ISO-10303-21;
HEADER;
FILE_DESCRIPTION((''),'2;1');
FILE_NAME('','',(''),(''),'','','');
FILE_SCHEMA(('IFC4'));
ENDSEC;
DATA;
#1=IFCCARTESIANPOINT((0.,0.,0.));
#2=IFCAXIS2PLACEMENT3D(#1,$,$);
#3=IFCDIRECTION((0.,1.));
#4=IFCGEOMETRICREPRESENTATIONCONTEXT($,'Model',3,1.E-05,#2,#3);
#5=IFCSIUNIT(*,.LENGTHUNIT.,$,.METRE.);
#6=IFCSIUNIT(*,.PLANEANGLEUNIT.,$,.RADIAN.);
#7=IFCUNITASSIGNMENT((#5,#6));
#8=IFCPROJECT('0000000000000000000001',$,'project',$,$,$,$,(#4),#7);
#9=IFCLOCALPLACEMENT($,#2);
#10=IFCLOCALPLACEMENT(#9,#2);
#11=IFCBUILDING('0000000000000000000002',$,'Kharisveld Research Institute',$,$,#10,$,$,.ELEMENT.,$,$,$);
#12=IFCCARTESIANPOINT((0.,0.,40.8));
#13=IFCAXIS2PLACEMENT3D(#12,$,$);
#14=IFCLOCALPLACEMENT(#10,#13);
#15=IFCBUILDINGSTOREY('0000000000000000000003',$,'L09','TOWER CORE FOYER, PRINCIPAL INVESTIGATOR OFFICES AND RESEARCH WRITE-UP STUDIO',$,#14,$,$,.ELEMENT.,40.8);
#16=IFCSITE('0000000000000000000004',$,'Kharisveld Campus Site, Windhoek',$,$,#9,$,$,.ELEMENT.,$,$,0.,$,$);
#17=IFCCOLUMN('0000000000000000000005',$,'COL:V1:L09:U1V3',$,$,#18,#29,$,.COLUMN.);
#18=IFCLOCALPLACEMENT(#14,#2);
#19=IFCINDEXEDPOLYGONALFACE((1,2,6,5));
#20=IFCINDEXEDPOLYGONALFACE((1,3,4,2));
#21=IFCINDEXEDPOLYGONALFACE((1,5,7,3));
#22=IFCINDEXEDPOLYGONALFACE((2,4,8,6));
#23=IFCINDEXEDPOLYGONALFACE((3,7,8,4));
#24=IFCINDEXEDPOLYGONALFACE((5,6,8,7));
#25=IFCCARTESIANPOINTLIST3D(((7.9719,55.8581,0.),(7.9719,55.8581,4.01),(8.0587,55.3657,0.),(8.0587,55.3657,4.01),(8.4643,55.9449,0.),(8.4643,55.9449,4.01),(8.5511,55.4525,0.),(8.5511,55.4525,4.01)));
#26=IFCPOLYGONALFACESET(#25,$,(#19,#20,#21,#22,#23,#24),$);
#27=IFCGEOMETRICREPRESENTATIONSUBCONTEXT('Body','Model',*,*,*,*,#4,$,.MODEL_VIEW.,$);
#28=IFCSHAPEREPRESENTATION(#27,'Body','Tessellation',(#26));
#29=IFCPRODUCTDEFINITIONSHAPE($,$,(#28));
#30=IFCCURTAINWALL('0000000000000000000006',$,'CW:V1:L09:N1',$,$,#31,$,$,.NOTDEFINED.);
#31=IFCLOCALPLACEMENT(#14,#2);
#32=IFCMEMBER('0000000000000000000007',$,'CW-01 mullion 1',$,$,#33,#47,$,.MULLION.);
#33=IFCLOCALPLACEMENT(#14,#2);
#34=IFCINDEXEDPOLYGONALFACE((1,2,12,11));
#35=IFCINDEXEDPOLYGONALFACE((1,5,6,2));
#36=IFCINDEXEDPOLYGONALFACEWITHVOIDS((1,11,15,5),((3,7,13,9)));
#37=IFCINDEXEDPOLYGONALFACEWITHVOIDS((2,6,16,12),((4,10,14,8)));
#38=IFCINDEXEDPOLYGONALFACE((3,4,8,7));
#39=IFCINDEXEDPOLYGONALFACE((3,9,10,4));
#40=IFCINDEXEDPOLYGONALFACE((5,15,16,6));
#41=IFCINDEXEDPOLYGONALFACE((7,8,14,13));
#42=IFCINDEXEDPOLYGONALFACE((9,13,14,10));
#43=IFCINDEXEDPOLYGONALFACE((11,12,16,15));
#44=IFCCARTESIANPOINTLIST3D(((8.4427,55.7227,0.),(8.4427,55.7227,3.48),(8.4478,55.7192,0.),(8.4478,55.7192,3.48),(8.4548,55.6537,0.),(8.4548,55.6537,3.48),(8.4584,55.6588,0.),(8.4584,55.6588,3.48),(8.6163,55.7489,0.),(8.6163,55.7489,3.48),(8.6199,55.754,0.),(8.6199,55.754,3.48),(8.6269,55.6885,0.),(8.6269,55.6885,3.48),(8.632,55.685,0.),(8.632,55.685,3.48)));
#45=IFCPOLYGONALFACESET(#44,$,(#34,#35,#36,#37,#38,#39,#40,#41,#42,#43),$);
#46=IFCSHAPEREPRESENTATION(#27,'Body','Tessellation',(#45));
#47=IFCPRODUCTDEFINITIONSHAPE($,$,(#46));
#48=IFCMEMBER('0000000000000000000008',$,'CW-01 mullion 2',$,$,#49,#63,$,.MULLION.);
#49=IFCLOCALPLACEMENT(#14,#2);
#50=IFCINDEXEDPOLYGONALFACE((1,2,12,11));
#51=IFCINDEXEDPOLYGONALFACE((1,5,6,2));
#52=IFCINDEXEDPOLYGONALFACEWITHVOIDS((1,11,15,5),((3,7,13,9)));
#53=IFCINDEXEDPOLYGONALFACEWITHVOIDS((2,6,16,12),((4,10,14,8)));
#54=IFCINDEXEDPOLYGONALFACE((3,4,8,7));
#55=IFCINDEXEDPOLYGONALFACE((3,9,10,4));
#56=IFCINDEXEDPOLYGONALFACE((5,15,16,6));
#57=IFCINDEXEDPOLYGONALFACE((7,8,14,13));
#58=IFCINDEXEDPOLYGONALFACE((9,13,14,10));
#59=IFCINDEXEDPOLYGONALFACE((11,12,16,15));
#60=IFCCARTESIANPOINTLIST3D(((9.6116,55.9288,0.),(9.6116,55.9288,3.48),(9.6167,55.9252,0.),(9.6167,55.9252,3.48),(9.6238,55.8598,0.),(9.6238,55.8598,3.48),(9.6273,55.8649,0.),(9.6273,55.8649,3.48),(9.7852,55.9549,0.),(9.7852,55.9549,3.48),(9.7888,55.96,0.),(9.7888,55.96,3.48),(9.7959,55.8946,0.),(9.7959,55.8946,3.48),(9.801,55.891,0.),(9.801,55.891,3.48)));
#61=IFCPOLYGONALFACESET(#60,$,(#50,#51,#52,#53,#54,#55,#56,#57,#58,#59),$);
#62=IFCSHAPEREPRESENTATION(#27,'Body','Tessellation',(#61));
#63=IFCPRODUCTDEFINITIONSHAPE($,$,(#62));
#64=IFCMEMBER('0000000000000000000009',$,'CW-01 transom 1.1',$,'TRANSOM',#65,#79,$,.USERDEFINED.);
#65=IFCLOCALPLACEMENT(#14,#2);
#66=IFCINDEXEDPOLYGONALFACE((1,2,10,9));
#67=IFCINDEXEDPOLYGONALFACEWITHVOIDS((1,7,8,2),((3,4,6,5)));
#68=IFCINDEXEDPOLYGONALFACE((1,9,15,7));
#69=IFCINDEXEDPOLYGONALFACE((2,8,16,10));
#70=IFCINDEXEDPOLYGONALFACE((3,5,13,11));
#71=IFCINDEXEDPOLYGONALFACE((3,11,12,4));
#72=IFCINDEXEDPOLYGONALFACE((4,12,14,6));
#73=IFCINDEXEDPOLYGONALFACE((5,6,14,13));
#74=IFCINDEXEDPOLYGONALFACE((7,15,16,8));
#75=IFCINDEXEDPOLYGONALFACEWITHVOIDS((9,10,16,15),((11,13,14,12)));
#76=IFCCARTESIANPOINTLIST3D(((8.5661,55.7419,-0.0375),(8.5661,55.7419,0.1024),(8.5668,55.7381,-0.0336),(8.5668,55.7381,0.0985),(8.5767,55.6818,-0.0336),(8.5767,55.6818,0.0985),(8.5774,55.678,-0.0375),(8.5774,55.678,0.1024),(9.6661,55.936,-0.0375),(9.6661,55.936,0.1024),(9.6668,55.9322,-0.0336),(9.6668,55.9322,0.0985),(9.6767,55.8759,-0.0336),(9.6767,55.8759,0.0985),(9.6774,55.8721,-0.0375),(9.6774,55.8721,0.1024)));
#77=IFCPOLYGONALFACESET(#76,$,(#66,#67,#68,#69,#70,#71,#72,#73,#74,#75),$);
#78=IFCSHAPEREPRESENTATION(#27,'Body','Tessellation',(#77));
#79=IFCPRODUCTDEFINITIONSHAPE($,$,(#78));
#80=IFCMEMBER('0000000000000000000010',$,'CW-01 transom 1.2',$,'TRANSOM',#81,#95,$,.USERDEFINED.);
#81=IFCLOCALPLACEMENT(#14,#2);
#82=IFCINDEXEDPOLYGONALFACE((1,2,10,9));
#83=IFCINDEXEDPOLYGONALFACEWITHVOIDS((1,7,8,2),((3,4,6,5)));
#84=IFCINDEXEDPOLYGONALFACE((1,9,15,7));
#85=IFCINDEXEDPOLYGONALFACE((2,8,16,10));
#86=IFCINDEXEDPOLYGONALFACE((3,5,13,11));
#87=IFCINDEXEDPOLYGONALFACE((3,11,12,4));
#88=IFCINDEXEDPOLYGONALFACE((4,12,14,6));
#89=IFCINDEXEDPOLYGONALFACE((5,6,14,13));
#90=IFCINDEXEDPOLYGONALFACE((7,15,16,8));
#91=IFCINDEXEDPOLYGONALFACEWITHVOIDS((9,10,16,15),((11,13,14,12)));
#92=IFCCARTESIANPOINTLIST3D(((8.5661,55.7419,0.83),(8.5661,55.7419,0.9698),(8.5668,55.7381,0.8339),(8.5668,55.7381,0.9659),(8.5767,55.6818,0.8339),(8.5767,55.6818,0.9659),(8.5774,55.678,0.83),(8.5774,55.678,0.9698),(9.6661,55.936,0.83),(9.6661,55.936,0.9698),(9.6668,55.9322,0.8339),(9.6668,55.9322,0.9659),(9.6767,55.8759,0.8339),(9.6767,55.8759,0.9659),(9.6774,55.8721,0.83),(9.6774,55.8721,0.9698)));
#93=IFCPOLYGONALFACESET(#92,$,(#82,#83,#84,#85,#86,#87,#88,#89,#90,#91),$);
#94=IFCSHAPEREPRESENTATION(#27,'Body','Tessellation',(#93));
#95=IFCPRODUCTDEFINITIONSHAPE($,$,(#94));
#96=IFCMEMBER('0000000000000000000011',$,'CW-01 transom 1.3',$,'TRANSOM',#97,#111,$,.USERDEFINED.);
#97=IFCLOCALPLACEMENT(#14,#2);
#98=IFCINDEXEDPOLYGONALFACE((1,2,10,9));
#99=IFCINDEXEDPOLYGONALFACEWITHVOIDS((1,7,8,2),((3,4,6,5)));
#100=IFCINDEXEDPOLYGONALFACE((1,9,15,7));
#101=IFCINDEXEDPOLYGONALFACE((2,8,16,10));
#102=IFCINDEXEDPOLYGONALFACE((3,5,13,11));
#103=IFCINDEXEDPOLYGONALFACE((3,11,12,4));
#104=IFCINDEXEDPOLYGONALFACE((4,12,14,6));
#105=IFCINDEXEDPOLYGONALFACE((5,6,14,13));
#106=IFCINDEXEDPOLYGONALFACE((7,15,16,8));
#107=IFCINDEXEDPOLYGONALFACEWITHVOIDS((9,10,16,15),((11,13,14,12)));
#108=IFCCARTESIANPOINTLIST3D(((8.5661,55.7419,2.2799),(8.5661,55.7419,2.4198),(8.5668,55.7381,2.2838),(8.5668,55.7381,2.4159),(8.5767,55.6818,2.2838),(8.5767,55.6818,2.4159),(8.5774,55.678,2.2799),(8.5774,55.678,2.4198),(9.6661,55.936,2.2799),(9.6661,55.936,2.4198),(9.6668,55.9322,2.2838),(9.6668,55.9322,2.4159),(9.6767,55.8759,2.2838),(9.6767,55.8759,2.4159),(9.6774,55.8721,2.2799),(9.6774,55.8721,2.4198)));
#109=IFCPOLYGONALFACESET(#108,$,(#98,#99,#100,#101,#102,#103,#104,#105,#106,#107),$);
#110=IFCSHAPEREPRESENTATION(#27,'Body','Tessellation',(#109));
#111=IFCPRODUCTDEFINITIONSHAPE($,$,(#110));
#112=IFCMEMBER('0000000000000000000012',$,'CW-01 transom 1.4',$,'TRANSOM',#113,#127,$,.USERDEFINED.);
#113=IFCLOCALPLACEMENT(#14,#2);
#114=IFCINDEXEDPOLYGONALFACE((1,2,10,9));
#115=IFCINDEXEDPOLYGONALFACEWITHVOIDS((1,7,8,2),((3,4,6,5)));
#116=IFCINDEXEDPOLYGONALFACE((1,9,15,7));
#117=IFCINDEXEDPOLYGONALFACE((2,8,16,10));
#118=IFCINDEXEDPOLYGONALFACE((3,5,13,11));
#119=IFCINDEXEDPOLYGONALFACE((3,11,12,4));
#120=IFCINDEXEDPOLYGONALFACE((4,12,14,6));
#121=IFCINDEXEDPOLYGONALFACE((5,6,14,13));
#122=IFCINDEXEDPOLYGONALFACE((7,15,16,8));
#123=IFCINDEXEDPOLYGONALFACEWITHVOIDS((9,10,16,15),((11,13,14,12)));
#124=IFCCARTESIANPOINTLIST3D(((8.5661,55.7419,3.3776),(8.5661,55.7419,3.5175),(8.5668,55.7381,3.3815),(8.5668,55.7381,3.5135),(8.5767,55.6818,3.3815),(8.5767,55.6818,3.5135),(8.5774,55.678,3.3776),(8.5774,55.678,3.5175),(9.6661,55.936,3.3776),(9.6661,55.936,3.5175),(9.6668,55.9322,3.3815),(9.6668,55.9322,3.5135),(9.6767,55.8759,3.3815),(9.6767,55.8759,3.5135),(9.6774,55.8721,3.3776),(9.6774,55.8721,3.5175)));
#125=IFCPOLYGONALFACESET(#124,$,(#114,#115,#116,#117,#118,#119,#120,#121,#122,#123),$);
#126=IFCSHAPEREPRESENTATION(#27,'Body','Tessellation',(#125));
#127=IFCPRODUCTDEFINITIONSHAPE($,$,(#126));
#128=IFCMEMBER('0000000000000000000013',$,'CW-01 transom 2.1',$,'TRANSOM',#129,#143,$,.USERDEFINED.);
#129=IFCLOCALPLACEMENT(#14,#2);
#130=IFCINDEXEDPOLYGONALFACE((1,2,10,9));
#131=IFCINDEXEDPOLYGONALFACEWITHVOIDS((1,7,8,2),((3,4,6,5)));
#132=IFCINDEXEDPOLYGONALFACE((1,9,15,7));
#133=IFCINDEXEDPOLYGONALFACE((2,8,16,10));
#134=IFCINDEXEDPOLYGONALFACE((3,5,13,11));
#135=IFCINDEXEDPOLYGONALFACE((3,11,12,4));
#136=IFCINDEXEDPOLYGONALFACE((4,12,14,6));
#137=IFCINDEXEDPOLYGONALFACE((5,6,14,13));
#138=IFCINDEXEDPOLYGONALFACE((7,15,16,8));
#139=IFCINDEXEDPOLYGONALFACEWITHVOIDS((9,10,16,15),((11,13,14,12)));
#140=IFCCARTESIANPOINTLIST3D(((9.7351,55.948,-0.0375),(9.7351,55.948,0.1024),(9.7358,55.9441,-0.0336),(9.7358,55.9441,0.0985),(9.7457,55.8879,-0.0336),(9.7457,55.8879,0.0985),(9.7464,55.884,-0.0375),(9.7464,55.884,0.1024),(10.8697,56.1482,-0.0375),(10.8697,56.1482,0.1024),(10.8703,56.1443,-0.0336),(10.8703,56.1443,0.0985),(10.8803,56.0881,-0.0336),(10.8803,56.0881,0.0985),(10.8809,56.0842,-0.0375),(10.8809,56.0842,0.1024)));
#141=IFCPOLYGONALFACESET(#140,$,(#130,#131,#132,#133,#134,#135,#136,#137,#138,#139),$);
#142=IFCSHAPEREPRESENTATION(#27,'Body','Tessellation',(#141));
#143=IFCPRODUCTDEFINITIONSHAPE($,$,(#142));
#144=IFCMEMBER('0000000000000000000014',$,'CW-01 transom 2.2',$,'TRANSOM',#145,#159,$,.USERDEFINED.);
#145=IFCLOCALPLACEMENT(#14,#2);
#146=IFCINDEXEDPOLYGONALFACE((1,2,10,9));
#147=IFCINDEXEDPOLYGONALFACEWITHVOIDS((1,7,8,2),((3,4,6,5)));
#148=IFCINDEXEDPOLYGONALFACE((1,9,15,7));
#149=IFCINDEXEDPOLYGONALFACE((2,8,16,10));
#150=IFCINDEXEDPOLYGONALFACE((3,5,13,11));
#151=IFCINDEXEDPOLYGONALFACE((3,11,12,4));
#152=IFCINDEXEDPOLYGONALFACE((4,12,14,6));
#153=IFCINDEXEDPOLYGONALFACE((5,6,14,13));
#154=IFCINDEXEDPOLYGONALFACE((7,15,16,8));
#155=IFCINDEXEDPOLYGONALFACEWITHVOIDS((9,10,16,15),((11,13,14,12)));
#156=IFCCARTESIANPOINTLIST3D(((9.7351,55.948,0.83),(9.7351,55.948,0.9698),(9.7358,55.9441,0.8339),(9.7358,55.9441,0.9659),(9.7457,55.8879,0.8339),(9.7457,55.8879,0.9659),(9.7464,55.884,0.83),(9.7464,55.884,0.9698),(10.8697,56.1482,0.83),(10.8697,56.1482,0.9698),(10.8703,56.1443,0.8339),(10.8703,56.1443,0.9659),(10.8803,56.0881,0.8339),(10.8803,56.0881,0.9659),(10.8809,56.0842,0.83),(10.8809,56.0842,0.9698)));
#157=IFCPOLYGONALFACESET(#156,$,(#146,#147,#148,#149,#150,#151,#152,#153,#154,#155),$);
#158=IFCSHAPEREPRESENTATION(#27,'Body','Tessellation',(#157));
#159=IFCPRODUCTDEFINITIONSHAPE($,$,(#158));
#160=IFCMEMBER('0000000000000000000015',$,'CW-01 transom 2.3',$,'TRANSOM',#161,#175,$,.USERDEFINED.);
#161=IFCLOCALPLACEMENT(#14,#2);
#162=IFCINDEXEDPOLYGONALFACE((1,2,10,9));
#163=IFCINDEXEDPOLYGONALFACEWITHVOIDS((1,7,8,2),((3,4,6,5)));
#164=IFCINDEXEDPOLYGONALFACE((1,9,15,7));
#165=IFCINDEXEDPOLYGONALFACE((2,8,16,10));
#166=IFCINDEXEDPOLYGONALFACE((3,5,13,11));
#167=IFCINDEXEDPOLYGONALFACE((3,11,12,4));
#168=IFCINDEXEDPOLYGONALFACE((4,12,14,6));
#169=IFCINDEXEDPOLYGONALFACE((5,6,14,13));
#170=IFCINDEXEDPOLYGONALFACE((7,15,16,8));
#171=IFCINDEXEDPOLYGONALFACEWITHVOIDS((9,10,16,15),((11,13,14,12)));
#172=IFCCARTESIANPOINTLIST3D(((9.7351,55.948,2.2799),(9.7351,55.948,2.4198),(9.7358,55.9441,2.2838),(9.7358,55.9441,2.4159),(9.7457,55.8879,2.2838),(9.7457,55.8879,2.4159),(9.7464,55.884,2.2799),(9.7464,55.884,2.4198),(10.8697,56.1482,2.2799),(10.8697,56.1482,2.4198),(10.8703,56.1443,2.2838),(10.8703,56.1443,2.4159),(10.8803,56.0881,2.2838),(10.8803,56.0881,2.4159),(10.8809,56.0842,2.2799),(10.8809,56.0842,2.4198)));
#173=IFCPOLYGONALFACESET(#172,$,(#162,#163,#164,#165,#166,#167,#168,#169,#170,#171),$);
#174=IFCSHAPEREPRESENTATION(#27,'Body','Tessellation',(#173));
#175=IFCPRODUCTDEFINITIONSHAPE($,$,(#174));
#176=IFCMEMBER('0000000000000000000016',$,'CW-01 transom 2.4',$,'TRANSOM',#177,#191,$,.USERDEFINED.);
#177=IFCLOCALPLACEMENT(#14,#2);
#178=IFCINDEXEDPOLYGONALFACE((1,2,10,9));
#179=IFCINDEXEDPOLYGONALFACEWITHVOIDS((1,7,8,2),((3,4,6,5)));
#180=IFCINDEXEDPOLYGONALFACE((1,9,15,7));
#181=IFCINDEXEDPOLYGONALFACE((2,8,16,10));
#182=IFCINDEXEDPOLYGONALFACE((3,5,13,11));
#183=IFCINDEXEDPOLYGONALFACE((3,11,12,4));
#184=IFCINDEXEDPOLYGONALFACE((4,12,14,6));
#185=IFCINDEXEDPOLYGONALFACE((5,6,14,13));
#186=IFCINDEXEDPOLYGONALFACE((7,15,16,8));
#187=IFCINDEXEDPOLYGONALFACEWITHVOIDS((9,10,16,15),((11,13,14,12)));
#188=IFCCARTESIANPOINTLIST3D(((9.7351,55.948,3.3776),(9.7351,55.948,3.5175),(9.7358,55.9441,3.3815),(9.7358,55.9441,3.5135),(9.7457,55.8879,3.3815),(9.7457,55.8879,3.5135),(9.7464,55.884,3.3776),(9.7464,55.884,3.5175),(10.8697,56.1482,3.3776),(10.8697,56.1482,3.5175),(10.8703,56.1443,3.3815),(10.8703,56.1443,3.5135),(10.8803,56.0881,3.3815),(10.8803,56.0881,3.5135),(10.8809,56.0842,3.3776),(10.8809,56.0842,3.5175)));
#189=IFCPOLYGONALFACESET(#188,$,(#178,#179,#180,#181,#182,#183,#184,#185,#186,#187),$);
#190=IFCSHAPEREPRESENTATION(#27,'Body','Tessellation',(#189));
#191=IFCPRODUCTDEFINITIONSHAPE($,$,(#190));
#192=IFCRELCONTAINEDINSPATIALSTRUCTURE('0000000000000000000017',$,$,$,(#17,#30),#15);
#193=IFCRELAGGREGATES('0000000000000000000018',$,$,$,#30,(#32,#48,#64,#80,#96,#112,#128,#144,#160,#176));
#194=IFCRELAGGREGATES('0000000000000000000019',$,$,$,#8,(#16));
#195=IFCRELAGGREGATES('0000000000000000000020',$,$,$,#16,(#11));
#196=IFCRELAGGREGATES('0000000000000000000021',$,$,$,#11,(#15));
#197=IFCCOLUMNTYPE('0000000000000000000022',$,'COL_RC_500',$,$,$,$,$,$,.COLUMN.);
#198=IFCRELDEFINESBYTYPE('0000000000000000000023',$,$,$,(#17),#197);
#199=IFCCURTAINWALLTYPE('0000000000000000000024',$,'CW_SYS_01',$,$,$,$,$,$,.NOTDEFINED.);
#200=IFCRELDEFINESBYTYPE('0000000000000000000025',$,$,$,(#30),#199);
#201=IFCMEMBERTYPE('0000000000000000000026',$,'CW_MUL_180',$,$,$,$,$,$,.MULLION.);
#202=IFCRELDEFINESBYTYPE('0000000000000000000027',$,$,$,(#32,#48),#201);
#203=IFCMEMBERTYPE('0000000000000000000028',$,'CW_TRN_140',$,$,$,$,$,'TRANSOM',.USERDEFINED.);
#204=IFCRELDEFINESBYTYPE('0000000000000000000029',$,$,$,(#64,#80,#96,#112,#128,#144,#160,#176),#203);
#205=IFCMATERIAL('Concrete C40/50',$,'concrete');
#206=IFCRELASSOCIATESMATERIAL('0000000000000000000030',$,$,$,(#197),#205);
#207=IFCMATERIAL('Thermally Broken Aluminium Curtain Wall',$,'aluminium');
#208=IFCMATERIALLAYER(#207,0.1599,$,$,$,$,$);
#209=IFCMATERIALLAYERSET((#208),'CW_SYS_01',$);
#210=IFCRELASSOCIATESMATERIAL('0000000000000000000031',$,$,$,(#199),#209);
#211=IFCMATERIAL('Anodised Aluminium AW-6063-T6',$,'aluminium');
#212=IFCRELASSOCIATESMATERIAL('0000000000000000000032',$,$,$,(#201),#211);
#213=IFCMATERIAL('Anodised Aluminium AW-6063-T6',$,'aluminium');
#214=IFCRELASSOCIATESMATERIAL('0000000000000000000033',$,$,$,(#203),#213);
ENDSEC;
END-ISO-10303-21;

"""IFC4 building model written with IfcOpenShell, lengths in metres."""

from ifc_helpers import new_model, si_unit, direction, frame, origin, origin_2d, place, context, subcontext, project, spatial, rectangle, hollow_rectangle, extrude, material, layer, layer_set, material_profile, profile_set, type_object, element, aggregate, save


model = new_model("IFC4")

# Units and contexts
model_context = context("Model", 3, precision=1e-05, world=origin(), true_north=direction((0.0, 1.0)))
body_context = subcontext(model_context, "Body", "Model", "MODEL_VIEW")
ifc_project = project(units=[si_unit("LENGTHUNIT", "METRE"), si_unit("PLANEANGLEUNIT", "RADIAN")], contexts=[model_context])

# Site, building, storey
site_placement = place(None, origin())
site = spatial("IfcSite", under=ifc_project, at=site_placement, Name="Kharisveld Campus Site, Windhoek", CompositionType="ELEMENT", RefElevation=0.0)
building_placement = place(site_placement, origin())
building = spatial("IfcBuilding", under=site, at=building_placement, Name="Kharisveld Research Institute", CompositionType="ELEMENT")
storey_placement = place(building_placement, frame((0.0, 0.0, 40.8)))
storey = spatial("IfcBuildingStorey", under=building, at=storey_placement, Name="L09", Description="TOWER CORE FOYER, PRINCIPAL INVESTIGATOR OFFICES AND RESEARCH WRITE-UP STUDIO", CompositionType="ELEMENT", Elevation=40.8)

# Column
ifc_material_1 = material(Name="Concrete C40/50", Category="concrete")
ifc_material_profile_1 = material_profile(ifc_material_1, rectangle(XDim=0.5, YDim=0.5, at=origin_2d()))
ifc_profile_set_1 = profile_set([ifc_material_profile_1], Name="Concrete C40/50")
column_type = type_object("IfcColumnType", Name="COL_RC_500", PredefinedType="COLUMN", material=ifc_profile_set_1)
column_placement = place(storey_placement, frame((8.2615, 55.6553, 0.0), z_axis=(0.0, 0.0, 1.0), x_axis=(0.984808, 0.173648, 0.0)))
element("IfcColumn", 1, at=column_placement, inside=storey, type_object=column_type, Name="COL:V1:L09:U1V3", PredefinedType="COLUMN", context=body_context, shape_type="SweptSolid", body=[
    extrude(rectangle(XDim=0.5, YDim=0.5, at=origin_2d()), origin(), (0.0, 0.0, 1.0), 4.01),
])

# Curtain wall, members
ifc_material_2 = material(Name="Thermally Broken Aluminium Curtain Wall", Category="aluminium")
ifc_layer_1 = layer(ifc_material_2, 0.1599)
ifc_layer_set_1 = layer_set([ifc_layer_1], Name="CW_SYS_01")
curtain_wall_type = type_object("IfcCurtainWallType", Name="CW_SYS_01", PredefinedType="NOTDEFINED", material=ifc_layer_set_1)
curtain_wall_placement = place(storey_placement, origin())
curtain_wall = element("IfcCurtainWall", 2, at=curtain_wall_placement, inside=storey, type_object=curtain_wall_type, Name="CW:V1:L09:N1", PredefinedType="NOTDEFINED")
ifc_material_3 = material(Name="Anodised Aluminium AW-6063-T6", Category="aluminium")
ifc_material_profile_2 = material_profile(ifc_material_3, hollow_rectangle(XDim=0.0701, YDim=0.1799, WallThickness=0.0044, at=origin_2d()))
ifc_profile_set_2 = profile_set([ifc_material_profile_2], Name="Anodised Aluminium AW-6063-T6")
member_type_1 = type_object("IfcMemberType", Name="CW_MUL_180", PredefinedType="MULLION", material=ifc_profile_set_2)
member_1_placement = place(storey_placement, frame((8.5374, 55.7039, 0.0), z_axis=(0.0, 0.0, 1.0), x_axis=(-0.173648, 0.984808, 0.0)))
member_1 = element("IfcMember", 3, at=member_1_placement, type_object=member_type_1, Name="CW-01 mullion 1", PredefinedType="MULLION", context=body_context, shape_type="SweptSolid", body=[
    extrude(hollow_rectangle(XDim=0.0701, YDim=0.1799, WallThickness=0.0044, at=origin_2d()), origin(), (0.0, 0.0, 1.0), 3.48),
])
member_2_placement = place(storey_placement, frame((9.7063, 55.9099, 0.0), z_axis=(0.0, 0.0, 1.0), x_axis=(-0.173648, 0.984808, 0.0)))
member_2 = element("IfcMember", 4, at=member_2_placement, type_object=member_type_1, Name="CW-01 mullion 2", PredefinedType="MULLION", context=body_context, shape_type="SweptSolid", body=[
    extrude(hollow_rectangle(XDim=0.0701, YDim=0.1799, WallThickness=0.0044, at=origin_2d()), origin(), (0.0, 0.0, 1.0), 3.48),
])
ifc_material_4 = material(Name="Anodised Aluminium AW-6063-T6", Category="aluminium")
ifc_material_profile_3 = material_profile(ifc_material_4, hollow_rectangle(XDim=0.0649, YDim=0.1399, WallThickness=0.0039, at=origin_2d()))
ifc_profile_set_3 = profile_set([ifc_material_profile_3], Name="Anodised Aluminium AW-6063-T6")
member_type_2 = type_object("IfcMemberType", Name="CW_TRN_140", ElementType="TRANSOM", PredefinedType="USERDEFINED", material=ifc_profile_set_3)
member_3_placement = place(storey_placement, frame((8.5718, 55.71, 0.0325), z_axis=(0.984784, 0.173785, 0.0), x_axis=(-0.173785, 0.984784, 0.0)))
member_3 = element("IfcMember", 5, at=member_3_placement, type_object=member_type_2, Name="CW-01 transom 1.1", ObjectType="TRANSOM", PredefinedType="USERDEFINED", context=body_context, shape_type="SweptSolid", body=[
    extrude(hollow_rectangle(XDim=0.0649, YDim=0.1399, WallThickness=0.0039, at=origin_2d()), origin(), (0.0, 0.0, 1.0), 1.1169),
])
member_4_placement = place(storey_placement, frame((8.5718, 55.71, 0.8999), z_axis=(0.984784, 0.173785, 0.0), x_axis=(-0.173785, 0.984784, 0.0)))
member_4 = element("IfcMember", 6, at=member_4_placement, type_object=member_type_2, Name="CW-01 transom 1.2", ObjectType="TRANSOM", PredefinedType="USERDEFINED", context=body_context, shape_type="SweptSolid", body=[
    extrude(hollow_rectangle(XDim=0.0649, YDim=0.1399, WallThickness=0.0039, at=origin_2d()), origin(), (0.0, 0.0, 1.0), 1.1169),
])
member_5_placement = place(storey_placement, frame((8.5718, 55.71, 2.3499), z_axis=(0.984784, 0.173785, 0.0), x_axis=(-0.173785, 0.984784, 0.0)))
member_5 = element("IfcMember", 7, at=member_5_placement, type_object=member_type_2, Name="CW-01 transom 1.3", ObjectType="TRANSOM", PredefinedType="USERDEFINED", context=body_context, shape_type="SweptSolid", body=[
    extrude(hollow_rectangle(XDim=0.0649, YDim=0.1399, WallThickness=0.0039, at=origin_2d()), origin(), (0.0, 0.0, 1.0), 1.1169),
])
member_6_placement = place(storey_placement, frame((8.5718, 55.71, 3.4475), z_axis=(0.984784, 0.173785, 0.0), x_axis=(-0.173785, 0.984784, 0.0)))
member_6 = element("IfcMember", 8, at=member_6_placement, type_object=member_type_2, Name="CW-01 transom 1.4", ObjectType="TRANSOM", PredefinedType="USERDEFINED", context=body_context, shape_type="SweptSolid", body=[
    extrude(hollow_rectangle(XDim=0.0649, YDim=0.1399, WallThickness=0.0039, at=origin_2d()), origin(), (0.0, 0.0, 1.0), 1.1169),
])
member_7_placement = place(storey_placement, frame((9.7407, 55.916, 0.0325), z_axis=(0.984786, 0.173773, 0.0), x_axis=(-0.173773, 0.984786, 0.0)))
member_7 = element("IfcMember", 9, at=member_7_placement, type_object=member_type_2, Name="CW-01 transom 2.1", ObjectType="TRANSOM", PredefinedType="USERDEFINED", context=body_context, shape_type="SweptSolid", body=[
    extrude(hollow_rectangle(XDim=0.0649, YDim=0.1399, WallThickness=0.0039, at=origin_2d()), origin(), (0.0, 0.0, 1.0), 1.1521),
])
member_8_placement = place(storey_placement, frame((9.7407, 55.916, 0.8999), z_axis=(0.984786, 0.173773, 0.0), x_axis=(-0.173773, 0.984786, 0.0)))
member_8 = element("IfcMember", 10, at=member_8_placement, type_object=member_type_2, Name="CW-01 transom 2.2", ObjectType="TRANSOM", PredefinedType="USERDEFINED", context=body_context, shape_type="SweptSolid", body=[
    extrude(hollow_rectangle(XDim=0.0649, YDim=0.1399, WallThickness=0.0039, at=origin_2d()), origin(), (0.0, 0.0, 1.0), 1.1521),
])
member_9_placement = place(storey_placement, frame((9.7407, 55.916, 2.3499), z_axis=(0.984786, 0.173773, 0.0), x_axis=(-0.173773, 0.984786, 0.0)))
member_9 = element("IfcMember", 11, at=member_9_placement, type_object=member_type_2, Name="CW-01 transom 2.3", ObjectType="TRANSOM", PredefinedType="USERDEFINED", context=body_context, shape_type="SweptSolid", body=[
    extrude(hollow_rectangle(XDim=0.0649, YDim=0.1399, WallThickness=0.0039, at=origin_2d()), origin(), (0.0, 0.0, 1.0), 1.1521),
])
member_10_placement = place(storey_placement, frame((9.7407, 55.916, 3.4475), z_axis=(0.984786, 0.173773, 0.0), x_axis=(-0.173773, 0.984786, 0.0)))
member_10 = element("IfcMember", 12, at=member_10_placement, type_object=member_type_2, Name="CW-01 transom 2.4", ObjectType="TRANSOM", PredefinedType="USERDEFINED", context=body_context, shape_type="SweptSolid", body=[
    extrude(hollow_rectangle(XDim=0.0649, YDim=0.1399, WallThickness=0.0039, at=origin_2d()), origin(), (0.0, 0.0, 1.0), 1.1521),
])

aggregate(curtain_wall, [member_1, member_2, member_3, member_4, member_5, member_6, member_7, member_8, member_9, member_10])

save(model, "model.ifc")
